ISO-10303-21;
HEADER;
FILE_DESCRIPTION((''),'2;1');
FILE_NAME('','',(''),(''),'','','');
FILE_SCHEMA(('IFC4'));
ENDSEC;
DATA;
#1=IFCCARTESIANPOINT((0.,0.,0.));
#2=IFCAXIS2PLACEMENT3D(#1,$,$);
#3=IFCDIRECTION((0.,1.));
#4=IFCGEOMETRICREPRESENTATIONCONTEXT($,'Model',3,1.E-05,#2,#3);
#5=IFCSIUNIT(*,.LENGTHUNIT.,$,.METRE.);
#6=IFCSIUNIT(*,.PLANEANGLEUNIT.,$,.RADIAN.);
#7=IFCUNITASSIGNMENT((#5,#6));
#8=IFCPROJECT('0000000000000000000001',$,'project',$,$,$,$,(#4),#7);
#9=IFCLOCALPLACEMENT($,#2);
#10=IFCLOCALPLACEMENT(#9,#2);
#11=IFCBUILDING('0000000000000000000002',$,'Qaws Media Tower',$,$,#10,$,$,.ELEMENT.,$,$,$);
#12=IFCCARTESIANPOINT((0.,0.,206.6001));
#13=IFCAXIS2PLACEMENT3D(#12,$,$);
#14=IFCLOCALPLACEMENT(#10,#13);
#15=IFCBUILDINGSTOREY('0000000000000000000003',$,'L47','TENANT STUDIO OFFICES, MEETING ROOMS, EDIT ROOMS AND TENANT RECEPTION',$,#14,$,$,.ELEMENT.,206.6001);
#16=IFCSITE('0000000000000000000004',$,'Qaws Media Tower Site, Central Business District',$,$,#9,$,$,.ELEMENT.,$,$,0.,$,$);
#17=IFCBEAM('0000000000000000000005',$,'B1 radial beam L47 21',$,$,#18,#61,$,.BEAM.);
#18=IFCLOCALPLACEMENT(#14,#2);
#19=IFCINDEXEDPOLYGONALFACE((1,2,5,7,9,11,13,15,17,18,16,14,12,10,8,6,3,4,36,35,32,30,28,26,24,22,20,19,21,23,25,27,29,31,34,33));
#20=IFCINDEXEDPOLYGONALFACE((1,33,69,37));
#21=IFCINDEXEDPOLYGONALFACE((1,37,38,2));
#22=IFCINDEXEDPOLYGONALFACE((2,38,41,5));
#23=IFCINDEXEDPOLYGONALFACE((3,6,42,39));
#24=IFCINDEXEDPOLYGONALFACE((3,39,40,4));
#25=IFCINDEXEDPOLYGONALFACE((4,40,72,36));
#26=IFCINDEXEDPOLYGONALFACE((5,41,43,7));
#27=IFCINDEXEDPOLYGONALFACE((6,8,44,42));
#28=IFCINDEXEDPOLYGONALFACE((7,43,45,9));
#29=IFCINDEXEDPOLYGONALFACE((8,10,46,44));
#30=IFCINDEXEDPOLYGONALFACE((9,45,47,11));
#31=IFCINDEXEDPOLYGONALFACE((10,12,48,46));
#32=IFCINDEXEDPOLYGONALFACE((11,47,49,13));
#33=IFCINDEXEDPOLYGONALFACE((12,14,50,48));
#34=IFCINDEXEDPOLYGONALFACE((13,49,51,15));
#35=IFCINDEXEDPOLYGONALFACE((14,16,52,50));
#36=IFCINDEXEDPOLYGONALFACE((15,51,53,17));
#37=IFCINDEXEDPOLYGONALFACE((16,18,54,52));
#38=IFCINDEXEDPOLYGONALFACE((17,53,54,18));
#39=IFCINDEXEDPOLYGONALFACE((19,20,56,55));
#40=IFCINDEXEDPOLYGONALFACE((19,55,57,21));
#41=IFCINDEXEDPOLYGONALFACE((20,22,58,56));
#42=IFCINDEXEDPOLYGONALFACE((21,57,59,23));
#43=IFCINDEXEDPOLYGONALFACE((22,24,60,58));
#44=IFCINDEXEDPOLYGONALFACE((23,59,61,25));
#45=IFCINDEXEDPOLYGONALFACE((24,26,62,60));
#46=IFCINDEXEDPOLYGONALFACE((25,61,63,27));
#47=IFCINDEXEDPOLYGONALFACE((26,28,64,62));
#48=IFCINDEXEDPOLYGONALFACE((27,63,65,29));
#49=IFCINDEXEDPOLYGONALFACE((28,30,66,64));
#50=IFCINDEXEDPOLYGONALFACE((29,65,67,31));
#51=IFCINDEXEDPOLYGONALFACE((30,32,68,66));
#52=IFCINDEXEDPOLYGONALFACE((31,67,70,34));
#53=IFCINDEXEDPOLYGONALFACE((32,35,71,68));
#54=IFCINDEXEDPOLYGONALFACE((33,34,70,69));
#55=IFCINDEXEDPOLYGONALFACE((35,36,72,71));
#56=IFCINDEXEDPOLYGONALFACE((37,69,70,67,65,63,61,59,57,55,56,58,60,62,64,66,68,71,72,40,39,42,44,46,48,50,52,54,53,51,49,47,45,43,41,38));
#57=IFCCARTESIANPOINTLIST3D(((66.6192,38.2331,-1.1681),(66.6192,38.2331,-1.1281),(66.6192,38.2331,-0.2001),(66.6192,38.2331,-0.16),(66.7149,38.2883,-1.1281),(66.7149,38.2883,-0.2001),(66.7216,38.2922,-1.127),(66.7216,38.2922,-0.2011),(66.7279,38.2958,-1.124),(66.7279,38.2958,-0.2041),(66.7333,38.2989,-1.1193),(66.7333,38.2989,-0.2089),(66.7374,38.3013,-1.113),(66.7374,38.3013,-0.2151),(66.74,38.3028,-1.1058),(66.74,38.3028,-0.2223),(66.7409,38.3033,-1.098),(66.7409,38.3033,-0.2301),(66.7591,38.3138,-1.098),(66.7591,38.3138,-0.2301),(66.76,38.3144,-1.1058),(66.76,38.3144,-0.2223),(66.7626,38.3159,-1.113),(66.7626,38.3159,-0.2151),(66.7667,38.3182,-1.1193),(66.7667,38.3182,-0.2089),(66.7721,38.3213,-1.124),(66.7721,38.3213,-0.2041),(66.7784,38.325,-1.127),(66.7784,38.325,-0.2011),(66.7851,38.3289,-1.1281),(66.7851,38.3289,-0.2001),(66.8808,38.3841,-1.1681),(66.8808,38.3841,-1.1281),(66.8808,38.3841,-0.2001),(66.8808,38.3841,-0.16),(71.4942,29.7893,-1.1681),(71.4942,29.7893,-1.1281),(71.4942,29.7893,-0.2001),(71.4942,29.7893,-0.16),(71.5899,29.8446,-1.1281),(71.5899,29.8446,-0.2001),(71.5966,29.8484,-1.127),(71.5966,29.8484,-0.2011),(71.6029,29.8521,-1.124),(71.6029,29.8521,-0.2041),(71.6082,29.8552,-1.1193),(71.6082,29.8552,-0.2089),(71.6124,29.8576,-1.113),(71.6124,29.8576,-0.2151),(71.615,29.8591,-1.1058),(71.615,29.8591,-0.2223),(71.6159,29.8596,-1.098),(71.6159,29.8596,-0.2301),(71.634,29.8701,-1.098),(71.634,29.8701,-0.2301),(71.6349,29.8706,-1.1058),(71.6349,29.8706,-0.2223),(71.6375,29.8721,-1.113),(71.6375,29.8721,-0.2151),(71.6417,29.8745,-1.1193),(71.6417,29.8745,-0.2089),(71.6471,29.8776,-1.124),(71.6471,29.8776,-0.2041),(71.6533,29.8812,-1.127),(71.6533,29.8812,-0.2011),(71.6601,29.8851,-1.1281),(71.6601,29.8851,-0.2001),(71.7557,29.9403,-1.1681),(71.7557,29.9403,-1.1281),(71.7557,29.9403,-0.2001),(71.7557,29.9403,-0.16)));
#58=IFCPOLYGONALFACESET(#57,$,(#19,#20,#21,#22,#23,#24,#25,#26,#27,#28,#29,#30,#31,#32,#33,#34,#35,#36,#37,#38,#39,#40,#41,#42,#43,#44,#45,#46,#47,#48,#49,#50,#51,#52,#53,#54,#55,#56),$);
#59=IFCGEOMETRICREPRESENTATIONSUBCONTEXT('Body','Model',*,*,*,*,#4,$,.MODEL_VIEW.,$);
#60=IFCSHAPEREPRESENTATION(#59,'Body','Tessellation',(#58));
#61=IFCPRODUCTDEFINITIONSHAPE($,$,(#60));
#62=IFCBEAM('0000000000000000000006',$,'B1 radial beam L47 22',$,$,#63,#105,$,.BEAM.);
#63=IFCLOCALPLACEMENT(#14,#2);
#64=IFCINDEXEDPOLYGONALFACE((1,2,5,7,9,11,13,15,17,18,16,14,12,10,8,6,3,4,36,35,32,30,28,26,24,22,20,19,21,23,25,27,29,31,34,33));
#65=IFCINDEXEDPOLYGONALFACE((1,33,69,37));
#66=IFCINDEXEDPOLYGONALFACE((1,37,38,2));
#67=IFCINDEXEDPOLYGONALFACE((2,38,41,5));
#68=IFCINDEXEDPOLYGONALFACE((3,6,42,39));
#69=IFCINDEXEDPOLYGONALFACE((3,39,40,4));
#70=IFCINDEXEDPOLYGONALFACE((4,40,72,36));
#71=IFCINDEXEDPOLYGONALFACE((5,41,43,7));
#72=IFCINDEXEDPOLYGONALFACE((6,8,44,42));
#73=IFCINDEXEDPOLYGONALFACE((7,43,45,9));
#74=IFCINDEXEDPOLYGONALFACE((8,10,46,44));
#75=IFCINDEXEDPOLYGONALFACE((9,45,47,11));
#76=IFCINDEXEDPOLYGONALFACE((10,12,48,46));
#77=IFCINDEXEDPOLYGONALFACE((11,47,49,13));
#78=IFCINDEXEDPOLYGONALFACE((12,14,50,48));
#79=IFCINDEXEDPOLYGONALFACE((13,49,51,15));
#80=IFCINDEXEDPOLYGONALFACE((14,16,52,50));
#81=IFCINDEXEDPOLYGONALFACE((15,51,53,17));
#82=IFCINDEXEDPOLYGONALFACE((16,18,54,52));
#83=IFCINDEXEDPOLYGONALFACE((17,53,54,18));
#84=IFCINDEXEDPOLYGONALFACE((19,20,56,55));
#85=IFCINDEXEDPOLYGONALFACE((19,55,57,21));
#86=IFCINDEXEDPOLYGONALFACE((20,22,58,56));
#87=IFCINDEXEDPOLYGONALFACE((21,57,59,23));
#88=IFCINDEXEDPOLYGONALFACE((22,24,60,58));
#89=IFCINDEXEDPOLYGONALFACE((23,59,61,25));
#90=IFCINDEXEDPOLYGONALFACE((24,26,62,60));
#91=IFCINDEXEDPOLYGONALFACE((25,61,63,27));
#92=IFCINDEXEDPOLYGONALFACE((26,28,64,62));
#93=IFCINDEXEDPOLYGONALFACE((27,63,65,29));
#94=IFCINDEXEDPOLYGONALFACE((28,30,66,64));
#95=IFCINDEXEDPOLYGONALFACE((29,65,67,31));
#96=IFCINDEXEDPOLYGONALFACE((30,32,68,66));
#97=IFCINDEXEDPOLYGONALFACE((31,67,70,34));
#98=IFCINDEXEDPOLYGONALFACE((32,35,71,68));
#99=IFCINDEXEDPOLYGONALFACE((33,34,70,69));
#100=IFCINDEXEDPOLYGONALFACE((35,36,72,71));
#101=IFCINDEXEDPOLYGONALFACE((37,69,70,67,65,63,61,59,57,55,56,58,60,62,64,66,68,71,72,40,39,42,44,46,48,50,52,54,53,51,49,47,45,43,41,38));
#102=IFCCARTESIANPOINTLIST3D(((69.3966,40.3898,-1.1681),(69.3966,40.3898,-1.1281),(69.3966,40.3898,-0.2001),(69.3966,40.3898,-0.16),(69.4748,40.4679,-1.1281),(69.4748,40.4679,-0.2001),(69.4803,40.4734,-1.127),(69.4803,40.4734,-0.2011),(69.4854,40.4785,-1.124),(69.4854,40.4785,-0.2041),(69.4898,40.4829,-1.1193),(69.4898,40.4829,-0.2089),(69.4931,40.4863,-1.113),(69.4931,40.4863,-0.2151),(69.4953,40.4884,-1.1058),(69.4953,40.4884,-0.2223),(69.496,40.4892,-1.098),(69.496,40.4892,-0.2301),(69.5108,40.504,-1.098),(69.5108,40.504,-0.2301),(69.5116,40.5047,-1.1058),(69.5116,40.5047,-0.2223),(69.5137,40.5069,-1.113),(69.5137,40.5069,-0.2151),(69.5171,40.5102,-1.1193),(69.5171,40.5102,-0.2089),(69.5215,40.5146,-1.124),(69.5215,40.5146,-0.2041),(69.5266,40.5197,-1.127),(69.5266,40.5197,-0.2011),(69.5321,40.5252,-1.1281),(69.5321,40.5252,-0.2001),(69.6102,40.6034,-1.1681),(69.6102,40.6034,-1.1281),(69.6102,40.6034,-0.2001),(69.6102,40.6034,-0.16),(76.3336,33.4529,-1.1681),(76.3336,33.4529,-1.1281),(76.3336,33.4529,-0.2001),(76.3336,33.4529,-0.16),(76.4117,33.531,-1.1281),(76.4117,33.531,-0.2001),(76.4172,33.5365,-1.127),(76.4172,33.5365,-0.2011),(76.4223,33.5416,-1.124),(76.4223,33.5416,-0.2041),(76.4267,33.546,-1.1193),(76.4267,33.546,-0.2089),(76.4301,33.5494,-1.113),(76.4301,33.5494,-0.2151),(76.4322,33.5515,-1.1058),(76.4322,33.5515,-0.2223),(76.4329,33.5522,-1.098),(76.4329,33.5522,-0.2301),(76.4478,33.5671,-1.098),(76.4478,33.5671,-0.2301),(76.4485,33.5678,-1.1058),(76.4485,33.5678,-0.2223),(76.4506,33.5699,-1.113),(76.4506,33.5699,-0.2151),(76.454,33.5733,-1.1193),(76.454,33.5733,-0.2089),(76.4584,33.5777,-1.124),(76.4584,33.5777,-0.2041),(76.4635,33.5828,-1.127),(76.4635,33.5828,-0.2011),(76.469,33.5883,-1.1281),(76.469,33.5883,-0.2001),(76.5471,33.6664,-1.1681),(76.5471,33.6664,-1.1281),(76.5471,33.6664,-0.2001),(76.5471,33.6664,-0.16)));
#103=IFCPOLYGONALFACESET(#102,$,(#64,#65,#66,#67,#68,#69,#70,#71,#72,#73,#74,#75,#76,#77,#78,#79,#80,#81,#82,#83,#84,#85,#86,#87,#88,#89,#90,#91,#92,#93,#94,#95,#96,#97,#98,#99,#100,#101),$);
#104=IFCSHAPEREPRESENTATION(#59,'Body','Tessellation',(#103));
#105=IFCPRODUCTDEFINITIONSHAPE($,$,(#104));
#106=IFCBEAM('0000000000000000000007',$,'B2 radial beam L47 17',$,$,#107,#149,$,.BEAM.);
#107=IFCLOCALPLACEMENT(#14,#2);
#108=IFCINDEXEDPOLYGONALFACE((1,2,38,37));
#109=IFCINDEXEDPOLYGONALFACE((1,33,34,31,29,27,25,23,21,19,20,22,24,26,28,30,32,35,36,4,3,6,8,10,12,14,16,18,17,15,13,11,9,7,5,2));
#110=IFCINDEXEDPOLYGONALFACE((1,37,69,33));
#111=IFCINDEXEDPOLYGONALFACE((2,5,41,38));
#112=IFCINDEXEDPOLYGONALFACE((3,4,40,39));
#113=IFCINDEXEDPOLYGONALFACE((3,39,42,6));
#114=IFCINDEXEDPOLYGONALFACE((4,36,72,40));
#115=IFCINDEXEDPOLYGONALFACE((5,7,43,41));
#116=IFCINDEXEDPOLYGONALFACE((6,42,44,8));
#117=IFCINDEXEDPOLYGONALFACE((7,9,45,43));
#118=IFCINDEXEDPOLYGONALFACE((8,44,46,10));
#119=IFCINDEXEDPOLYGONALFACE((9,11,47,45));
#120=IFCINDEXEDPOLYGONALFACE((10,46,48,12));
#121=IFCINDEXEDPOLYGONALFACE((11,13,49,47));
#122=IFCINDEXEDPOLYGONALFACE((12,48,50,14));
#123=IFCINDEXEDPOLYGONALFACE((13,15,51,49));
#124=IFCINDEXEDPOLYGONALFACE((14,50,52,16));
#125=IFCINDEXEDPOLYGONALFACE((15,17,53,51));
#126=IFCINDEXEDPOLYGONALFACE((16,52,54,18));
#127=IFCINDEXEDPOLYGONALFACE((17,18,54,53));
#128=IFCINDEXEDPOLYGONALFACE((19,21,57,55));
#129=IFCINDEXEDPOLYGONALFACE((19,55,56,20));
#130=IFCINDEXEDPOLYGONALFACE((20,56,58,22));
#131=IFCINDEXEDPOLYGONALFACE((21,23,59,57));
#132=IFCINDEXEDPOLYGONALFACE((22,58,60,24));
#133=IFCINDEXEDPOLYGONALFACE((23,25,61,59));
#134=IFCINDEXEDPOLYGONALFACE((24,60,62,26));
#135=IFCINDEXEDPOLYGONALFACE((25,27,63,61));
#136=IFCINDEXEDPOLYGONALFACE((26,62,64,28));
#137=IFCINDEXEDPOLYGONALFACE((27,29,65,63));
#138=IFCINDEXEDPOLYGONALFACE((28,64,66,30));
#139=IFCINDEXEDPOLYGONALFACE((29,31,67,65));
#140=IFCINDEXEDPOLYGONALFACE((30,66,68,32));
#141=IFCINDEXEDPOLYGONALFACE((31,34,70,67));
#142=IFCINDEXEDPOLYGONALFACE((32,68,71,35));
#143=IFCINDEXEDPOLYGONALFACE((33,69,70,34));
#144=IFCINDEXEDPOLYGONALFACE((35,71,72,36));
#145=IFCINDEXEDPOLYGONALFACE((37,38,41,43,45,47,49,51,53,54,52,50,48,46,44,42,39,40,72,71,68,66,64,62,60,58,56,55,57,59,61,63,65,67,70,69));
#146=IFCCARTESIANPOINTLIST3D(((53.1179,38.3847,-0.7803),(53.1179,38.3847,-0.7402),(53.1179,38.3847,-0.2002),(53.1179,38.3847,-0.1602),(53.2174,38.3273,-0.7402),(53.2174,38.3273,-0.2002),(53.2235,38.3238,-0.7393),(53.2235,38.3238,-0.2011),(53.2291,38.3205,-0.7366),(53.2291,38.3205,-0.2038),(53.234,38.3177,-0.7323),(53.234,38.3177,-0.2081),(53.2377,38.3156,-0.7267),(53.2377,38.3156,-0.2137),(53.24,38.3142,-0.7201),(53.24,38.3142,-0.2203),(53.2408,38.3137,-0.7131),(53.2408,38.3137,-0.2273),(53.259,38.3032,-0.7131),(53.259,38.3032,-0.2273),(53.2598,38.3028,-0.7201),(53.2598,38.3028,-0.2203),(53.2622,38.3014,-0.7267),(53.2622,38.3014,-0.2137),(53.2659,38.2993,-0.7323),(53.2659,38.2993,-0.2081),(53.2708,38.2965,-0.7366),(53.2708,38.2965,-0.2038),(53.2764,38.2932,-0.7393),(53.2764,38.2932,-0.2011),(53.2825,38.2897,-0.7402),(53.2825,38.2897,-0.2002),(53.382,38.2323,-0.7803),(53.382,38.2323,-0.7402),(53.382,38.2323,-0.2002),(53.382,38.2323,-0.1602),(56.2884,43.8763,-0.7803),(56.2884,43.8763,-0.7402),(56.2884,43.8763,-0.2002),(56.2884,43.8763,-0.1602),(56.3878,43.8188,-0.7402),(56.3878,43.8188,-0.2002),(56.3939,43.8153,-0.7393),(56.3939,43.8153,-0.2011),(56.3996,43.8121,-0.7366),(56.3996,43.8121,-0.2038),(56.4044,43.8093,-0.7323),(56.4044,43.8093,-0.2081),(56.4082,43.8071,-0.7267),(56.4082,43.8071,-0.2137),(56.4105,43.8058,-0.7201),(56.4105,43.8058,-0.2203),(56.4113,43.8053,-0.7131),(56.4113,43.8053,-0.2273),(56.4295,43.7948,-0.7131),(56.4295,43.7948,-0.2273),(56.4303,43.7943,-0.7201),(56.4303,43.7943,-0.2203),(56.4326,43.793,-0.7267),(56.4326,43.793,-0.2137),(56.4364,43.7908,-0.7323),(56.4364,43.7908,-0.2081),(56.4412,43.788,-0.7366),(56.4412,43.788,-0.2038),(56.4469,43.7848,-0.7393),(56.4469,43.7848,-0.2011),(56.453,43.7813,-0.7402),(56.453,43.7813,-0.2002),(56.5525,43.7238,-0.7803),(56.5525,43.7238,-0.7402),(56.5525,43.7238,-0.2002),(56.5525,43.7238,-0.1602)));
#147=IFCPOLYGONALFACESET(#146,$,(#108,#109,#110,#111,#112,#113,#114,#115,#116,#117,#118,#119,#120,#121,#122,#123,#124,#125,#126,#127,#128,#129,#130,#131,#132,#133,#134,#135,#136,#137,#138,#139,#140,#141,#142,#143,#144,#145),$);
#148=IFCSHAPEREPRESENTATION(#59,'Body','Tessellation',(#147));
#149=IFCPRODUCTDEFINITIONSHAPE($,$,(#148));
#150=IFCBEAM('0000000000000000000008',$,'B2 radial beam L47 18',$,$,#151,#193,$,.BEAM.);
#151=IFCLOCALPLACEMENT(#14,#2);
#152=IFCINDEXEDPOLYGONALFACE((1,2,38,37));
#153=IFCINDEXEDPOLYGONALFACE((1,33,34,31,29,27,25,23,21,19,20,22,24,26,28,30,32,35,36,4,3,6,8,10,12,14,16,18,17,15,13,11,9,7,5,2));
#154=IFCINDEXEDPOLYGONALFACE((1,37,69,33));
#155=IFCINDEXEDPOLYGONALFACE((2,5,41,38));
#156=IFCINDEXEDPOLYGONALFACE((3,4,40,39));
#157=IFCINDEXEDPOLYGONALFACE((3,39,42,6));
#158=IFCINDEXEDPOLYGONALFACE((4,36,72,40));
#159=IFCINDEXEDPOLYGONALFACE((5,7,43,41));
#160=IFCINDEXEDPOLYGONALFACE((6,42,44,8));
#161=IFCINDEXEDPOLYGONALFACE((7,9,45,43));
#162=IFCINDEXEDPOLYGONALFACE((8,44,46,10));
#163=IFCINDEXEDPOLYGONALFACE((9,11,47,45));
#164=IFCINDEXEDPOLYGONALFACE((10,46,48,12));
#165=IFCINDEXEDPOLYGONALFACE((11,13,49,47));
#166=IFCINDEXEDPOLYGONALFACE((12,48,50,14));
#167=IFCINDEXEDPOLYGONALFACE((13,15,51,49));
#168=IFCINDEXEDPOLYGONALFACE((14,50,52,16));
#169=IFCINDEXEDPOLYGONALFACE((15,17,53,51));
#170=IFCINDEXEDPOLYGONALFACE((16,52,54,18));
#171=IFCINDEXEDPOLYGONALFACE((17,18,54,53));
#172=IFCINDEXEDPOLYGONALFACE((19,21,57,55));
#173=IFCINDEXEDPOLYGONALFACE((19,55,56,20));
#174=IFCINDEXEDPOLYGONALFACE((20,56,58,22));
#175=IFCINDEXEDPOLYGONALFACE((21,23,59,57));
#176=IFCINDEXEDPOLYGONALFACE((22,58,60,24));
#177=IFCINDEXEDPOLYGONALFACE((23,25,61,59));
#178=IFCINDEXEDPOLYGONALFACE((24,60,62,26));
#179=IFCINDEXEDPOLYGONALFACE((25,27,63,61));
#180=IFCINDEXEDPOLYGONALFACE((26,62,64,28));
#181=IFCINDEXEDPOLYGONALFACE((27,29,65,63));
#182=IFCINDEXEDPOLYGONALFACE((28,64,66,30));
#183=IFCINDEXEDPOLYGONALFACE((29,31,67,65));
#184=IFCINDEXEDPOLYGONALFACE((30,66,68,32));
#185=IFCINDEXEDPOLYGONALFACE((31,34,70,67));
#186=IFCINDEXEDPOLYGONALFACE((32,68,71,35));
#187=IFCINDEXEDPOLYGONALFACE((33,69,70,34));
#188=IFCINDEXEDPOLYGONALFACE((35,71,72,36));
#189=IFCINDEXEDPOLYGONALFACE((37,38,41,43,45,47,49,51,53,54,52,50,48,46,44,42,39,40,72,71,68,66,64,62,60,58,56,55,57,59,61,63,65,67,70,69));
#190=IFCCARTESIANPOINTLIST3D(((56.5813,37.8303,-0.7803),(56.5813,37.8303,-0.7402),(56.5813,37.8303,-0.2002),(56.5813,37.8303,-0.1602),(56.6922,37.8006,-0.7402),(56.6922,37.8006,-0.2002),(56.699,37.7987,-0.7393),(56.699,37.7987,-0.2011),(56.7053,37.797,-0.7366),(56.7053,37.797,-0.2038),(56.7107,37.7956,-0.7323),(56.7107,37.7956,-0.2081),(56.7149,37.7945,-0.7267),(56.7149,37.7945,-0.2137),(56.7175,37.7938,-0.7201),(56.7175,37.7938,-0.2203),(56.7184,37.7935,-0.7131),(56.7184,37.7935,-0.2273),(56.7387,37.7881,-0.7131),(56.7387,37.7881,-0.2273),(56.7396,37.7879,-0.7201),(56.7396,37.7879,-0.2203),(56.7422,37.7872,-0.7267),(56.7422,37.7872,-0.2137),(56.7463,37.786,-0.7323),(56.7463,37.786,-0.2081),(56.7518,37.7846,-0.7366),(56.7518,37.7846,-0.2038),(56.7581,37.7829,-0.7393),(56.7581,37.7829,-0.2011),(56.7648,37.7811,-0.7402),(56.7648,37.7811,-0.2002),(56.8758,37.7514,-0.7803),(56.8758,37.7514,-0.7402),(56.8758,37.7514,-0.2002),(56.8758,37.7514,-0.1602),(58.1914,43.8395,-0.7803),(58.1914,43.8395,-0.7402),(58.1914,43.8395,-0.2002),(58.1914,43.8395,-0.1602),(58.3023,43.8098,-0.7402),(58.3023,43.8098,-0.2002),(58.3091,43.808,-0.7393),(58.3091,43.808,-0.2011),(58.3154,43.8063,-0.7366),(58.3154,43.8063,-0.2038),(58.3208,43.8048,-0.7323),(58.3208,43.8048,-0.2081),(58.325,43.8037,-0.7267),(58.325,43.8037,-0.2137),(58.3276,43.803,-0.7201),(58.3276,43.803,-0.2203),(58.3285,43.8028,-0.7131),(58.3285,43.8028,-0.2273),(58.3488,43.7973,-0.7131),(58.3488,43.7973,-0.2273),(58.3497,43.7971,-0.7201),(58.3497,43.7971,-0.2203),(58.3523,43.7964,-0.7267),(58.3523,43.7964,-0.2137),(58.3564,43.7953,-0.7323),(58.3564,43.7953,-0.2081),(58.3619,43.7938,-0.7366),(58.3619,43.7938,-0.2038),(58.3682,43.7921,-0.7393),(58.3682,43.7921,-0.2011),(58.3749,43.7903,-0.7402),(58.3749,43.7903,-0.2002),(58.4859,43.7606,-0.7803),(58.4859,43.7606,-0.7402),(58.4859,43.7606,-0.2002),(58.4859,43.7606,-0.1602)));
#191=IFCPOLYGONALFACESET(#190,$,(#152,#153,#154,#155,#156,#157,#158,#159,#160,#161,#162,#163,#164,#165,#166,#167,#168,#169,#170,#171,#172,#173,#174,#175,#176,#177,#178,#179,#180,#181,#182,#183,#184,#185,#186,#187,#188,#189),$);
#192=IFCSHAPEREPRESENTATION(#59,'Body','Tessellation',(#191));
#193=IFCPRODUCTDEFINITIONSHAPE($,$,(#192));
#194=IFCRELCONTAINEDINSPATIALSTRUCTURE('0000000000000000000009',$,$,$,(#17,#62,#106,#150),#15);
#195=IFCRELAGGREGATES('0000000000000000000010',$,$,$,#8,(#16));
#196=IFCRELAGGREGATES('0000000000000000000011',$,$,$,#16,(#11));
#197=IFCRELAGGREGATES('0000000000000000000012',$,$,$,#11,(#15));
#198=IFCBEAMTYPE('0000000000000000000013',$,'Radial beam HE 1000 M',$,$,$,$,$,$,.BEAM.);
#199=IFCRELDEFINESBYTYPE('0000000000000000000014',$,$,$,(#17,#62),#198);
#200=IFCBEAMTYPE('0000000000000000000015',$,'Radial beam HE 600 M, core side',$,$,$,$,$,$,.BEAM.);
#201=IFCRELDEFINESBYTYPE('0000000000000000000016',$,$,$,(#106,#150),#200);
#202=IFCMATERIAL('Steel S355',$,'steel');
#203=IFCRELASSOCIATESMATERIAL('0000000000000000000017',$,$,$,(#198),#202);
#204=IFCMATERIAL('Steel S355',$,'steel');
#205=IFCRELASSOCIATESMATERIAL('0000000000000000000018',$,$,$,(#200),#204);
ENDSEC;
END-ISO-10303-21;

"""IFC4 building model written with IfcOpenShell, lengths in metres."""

from ifc_helpers import new_model, si_unit, direction, frame, origin, origin_2d, place, context, subcontext, project, spatial, i_section, extrude, material, material_profile, profile_set, type_object, element, save


model = new_model("IFC4")

# Units and contexts
model_context = context("Model", 3, precision=1e-05, world=origin(), true_north=direction((0.0, 1.0)))
body_context = subcontext(model_context, "Body", "Model", "MODEL_VIEW")
ifc_project = project(units=[si_unit("LENGTHUNIT", "METRE"), si_unit("PLANEANGLEUNIT", "RADIAN")], contexts=[model_context])

# Site, building, storey
site_placement = place(None, origin())
site = spatial("IfcSite", under=ifc_project, at=site_placement, Name="Qaws Media Tower Site, Central Business District", CompositionType="ELEMENT", RefElevation=0.0)
building_placement = place(site_placement, origin())
building = spatial("IfcBuilding", under=site, at=building_placement, Name="Qaws Media Tower", CompositionType="ELEMENT")
storey_placement = place(building_placement, frame((0.0, 0.0, 206.6001)))
storey = spatial("IfcBuildingStorey", under=building, at=storey_placement, Name="L47", Description="TENANT STUDIO OFFICES, MEETING ROOMS, EDIT ROOMS AND TENANT RECEPTION", CompositionType="ELEMENT", Elevation=206.6001)

# Beams
ifc_material_1 = material(Name="Steel S355", Category="steel")
ifc_material_profile_1 = material_profile(ifc_material_1, i_section(OverallWidth=0.302, OverallDepth=1.0081, WebThickness=0.021, FlangeThickness=0.04, FilletRadius=0.03, at=origin_2d()), Name="HE 1000 M")
ifc_profile_set_1 = profile_set([ifc_material_profile_1], Name="Steel S355")
beam_type_1 = type_object("IfcBeamType", Name="Radial beam HE 1000 M", PredefinedType="BEAM", material=ifc_profile_set_1)
beam_1_placement = place(storey_placement, frame((66.75, 38.3086, -0.6641), z_axis=(0.499996, -0.866028, 0.0), x_axis=(0.866028, 0.499996, 0.0)))
element("IfcBeam", 1, at=beam_1_placement, inside=storey, type_object=beam_type_1, Name="B1 radial beam L47 21", PredefinedType="BEAM", context=body_context, shape_type="SweptSolid", body=[
    extrude(i_section(OverallWidth=0.302, OverallDepth=1.0081, WebThickness=0.021, FlangeThickness=0.04, FilletRadius=0.03, at=origin_2d()), origin(), (0.0, 0.0, 1.0), 9.75),
])
beam_2_placement = place(storey_placement, frame((69.5034, 40.4966, -0.6641), z_axis=(0.707107, -0.707107, 0.0), x_axis=(0.707107, 0.707107, 0.0)))
element("IfcBeam", 2, at=beam_2_placement, inside=storey, type_object=beam_type_1, Name="B1 radial beam L47 22", PredefinedType="BEAM", context=body_context, shape_type="SweptSolid", body=[
    extrude(i_section(OverallWidth=0.302, OverallDepth=1.0081, WebThickness=0.021, FlangeThickness=0.04, FilletRadius=0.03, at=origin_2d()), origin(), (0.0, 0.0, 1.0), 9.8103),
])
ifc_material_2 = material(Name="Steel S355", Category="steel")
ifc_material_profile_2 = material_profile(ifc_material_2, i_section(OverallWidth=0.3049, OverallDepth=0.6201, WebThickness=0.021, FlangeThickness=0.04, FilletRadius=0.0271, at=origin_2d()), Name="HE 600 M")
ifc_profile_set_2 = profile_set([ifc_material_profile_2], Name="Steel S355")
beam_type_2 = type_object("IfcBeamType", Name="Radial beam HE 600 M, core side", PredefinedType="BEAM", material=ifc_profile_set_2)
beam_3_placement = place(storey_placement, frame((56.4204, 43.8, -0.4702), z_axis=(-0.49999, -0.866031, 0.0), x_axis=(0.866031, -0.49999, 0.0)))
element("IfcBeam", 3, at=beam_3_placement, inside=storey, type_object=beam_type_2, Name="B2 radial beam L47 17", PredefinedType="BEAM", context=body_context, shape_type="SweptSolid", body=[
    extrude(i_section(OverallWidth=0.3049, OverallDepth=0.6201, WebThickness=0.021, FlangeThickness=0.04, FilletRadius=0.0271, at=origin_2d()), origin(), (0.0, 0.0, 1.0), 6.3411),
])
beam_4_placement = place(storey_placement, frame((58.3386, 43.8, -0.4702), z_axis=(-0.258808, -0.965929, 0.0), x_axis=(0.965929, -0.258808, 0.0)))
element("IfcBeam", 4, at=beam_4_placement, inside=storey, type_object=beam_type_2, Name="B2 radial beam L47 18", PredefinedType="BEAM", context=body_context, shape_type="SweptSolid", body=[
    extrude(i_section(OverallWidth=0.3049, OverallDepth=0.6201, WebThickness=0.021, FlangeThickness=0.04, FilletRadius=0.0271, at=origin_2d()), origin(), (0.0, 0.0, 1.0), 6.2212),
])

save(model, "model.ifc")
